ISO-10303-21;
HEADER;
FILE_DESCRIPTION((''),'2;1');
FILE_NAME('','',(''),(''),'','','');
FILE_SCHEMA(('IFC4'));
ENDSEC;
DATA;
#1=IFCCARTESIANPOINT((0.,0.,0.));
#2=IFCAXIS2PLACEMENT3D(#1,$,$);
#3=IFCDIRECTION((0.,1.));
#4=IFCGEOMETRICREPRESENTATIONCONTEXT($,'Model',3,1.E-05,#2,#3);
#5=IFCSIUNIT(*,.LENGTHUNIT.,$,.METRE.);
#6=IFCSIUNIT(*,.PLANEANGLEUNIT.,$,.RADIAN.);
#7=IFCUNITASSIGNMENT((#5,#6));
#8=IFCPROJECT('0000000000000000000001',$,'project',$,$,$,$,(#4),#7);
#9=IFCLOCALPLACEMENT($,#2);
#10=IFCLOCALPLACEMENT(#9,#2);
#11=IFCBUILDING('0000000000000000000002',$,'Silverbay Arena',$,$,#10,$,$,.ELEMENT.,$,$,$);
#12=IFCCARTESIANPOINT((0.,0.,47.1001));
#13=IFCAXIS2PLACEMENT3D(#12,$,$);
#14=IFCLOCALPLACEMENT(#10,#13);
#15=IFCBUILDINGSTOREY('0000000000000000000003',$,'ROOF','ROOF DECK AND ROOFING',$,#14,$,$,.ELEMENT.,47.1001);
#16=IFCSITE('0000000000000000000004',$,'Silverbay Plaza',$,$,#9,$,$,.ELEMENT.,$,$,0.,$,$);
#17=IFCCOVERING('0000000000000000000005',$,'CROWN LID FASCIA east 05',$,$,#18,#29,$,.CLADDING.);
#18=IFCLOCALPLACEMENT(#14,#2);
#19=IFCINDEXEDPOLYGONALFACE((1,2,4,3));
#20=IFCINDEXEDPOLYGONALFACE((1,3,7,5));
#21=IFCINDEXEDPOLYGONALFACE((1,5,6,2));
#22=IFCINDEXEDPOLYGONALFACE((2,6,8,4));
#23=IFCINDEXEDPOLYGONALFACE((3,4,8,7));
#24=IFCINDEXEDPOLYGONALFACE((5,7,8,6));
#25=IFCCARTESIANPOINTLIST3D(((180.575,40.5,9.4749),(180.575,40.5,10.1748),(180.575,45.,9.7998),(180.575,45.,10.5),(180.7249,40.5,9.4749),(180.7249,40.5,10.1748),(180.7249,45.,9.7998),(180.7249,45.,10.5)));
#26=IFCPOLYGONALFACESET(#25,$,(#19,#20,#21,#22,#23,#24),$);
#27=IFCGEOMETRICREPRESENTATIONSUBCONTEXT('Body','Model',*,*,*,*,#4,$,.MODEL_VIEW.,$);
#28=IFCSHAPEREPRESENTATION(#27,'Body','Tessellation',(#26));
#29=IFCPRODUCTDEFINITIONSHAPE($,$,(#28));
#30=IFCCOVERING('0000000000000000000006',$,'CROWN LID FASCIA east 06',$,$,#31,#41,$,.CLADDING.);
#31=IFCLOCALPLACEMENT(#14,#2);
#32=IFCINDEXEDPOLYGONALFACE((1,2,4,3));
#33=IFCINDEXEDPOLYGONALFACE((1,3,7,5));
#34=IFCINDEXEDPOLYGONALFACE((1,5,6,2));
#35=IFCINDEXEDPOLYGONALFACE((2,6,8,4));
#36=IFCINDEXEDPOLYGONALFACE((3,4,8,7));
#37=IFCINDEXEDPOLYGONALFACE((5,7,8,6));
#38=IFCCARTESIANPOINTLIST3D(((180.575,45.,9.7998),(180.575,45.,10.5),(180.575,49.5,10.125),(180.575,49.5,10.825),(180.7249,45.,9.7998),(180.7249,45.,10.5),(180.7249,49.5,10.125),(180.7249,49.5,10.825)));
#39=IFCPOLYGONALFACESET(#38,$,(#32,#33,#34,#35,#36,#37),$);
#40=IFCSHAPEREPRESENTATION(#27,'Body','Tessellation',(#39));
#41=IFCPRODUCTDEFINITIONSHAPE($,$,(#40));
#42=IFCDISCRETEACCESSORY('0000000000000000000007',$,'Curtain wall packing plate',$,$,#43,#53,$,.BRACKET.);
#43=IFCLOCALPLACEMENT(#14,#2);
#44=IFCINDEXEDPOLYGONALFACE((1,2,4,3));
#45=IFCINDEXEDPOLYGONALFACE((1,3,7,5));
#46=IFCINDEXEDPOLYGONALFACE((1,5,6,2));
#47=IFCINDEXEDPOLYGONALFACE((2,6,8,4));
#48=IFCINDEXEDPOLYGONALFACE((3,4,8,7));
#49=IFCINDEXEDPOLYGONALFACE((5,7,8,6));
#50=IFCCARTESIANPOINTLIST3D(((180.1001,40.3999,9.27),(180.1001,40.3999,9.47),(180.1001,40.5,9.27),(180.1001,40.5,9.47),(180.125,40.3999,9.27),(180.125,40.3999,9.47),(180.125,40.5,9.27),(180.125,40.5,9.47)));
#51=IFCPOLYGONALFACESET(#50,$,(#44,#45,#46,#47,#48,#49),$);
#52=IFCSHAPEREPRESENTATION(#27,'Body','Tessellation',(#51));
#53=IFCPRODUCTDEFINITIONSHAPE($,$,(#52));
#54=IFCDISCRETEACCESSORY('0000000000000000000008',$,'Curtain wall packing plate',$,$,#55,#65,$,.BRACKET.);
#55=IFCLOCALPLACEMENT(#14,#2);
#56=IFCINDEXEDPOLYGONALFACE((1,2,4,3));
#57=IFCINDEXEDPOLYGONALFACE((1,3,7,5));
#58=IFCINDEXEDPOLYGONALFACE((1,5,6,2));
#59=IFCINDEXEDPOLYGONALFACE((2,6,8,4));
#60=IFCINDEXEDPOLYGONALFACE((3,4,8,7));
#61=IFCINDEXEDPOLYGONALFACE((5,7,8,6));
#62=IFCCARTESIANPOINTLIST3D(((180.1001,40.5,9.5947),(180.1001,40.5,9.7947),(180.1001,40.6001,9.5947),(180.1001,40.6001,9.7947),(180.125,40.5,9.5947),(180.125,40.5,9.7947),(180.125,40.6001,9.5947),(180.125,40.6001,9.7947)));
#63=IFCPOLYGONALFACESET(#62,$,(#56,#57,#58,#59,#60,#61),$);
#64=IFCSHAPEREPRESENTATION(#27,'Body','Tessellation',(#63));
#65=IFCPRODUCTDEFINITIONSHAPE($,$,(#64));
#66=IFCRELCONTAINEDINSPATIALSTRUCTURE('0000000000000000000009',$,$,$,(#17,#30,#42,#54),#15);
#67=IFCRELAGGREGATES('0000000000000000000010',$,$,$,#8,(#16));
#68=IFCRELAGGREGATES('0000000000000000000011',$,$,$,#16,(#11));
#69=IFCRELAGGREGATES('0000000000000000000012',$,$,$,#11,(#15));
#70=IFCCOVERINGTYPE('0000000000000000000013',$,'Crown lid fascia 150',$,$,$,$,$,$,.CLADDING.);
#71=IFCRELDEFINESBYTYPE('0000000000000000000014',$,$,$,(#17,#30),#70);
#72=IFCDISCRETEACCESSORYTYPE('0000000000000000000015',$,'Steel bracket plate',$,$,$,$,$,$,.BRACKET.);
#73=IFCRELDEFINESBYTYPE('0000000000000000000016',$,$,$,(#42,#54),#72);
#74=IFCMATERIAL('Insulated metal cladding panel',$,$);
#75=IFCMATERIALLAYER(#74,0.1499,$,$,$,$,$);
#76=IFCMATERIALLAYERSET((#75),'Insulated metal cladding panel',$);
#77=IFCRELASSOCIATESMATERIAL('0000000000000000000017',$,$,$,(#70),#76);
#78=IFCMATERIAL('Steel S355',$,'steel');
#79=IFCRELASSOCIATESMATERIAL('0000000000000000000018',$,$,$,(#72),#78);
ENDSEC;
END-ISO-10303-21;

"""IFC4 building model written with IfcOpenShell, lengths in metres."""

from ifc_helpers import new_model, si_unit, direction, frame, origin, origin_2d, place, context, subcontext, project, spatial, polyline, rectangle, outline, extrude, material, layer, layer_set, type_object, element, save


model = new_model("IFC4")

# Units and contexts
model_context = context("Model", 3, precision=1e-05, world=origin(), true_north=direction((0.0, 1.0)))
body_context = subcontext(model_context, "Body", "Model", "MODEL_VIEW")
ifc_project = project(units=[si_unit("LENGTHUNIT", "METRE"), si_unit("PLANEANGLEUNIT", "RADIAN")], contexts=[model_context])

# Site, building, storey
site_placement = place(None, origin())
site = spatial("IfcSite", under=ifc_project, at=site_placement, Name="Silverbay Plaza", CompositionType="ELEMENT", RefElevation=0.0)
building_placement = place(site_placement, origin())
building = spatial("IfcBuilding", under=site, at=building_placement, Name="Silverbay Arena", CompositionType="ELEMENT")
storey_placement = place(building_placement, frame((0.0, 0.0, 47.1001)))
storey = spatial("IfcBuildingStorey", under=building, at=storey_placement, Name="ROOF", Description="ROOF DECK AND ROOFING", CompositionType="ELEMENT", Elevation=47.1001)

# Coverings
ifc_material_1 = material(Name="Insulated metal cladding panel")
ifc_layer_1 = layer(ifc_material_1, 0.1499)
ifc_layer_set_1 = layer_set([ifc_layer_1], Name="Insulated metal cladding panel")
covering_type = type_object("IfcCoveringType", Name="Crown lid fascia 150", PredefinedType="CLADDING", material=ifc_layer_set_1)
covering_1_placement = place(storey_placement, frame((180.575, 40.5, 10.1748), z_axis=(-1.0, 0.0, 0.0), x_axis=(0.0, 0.997399, 0.072078)))
element("IfcCovering", 1, at=covering_1_placement, inside=storey, type_object=covering_type, Name="CROWN LID FASCIA east 05", PredefinedType="CLADDING", context=body_context, shape_type="SweptSolid", body=[
    extrude(outline(polyline([(0.0, 0.0), (4.5117, 0.0), (4.4613, 0.6984), (-0.0505, 0.6981), (0.0, 0.0)])), origin(), (0.0, 0.0, -1.0), 0.1499),
])
covering_2_placement = place(storey_placement, frame((180.575, 45.0, 10.5), z_axis=(-1.0, 0.0, 0.0), x_axis=(0.0, 0.997403, 0.072024)))
element("IfcCovering", 2, at=covering_2_placement, inside=storey, type_object=covering_type, Name="CROWN LID FASCIA east 06", PredefinedType="CLADDING", context=body_context, shape_type="SweptSolid", body=[
    extrude(outline(polyline([(0.0, 0.0), (4.5117, 0.0), (4.4613, 0.6981), (-0.0504, 0.6984), (0.0, 0.0)])), origin(), (0.0, 0.0, -1.0), 0.1499),
])

# Discrete accessories
ifc_material_2 = material(Name="Steel S355", Category="steel")
discrete_accessory_type = type_object("IfcDiscreteAccessoryType", Name="Steel bracket plate", PredefinedType="BRACKET", material=ifc_material_2)
for number, where, z_axis, x_axis, name in (
    (3, (180.1125, 40.45, 9.27), (0.0, 0.0, 1.0), (1.0, 0.0, 0.0), "Curtain wall packing plate"),
    (4, (180.1125, 40.55, 9.5947), (0.0, 0.0, 1.0), (1.0, 0.0, 0.0), "Curtain wall packing plate"),
):
    element("IfcDiscreteAccessory", number, at=place(storey_placement, frame(where, z_axis=z_axis, x_axis=x_axis)), inside=storey, type_object=discrete_accessory_type, Name=name, PredefinedType="BRACKET", context=body_context, shape_type="SweptSolid", body=[
        extrude(rectangle(XDim=0.0249, YDim=0.1001, at=origin_2d()), origin(), (0.0, 0.0, 1.0), 0.2),
    ])

save(model, "model.ifc")
